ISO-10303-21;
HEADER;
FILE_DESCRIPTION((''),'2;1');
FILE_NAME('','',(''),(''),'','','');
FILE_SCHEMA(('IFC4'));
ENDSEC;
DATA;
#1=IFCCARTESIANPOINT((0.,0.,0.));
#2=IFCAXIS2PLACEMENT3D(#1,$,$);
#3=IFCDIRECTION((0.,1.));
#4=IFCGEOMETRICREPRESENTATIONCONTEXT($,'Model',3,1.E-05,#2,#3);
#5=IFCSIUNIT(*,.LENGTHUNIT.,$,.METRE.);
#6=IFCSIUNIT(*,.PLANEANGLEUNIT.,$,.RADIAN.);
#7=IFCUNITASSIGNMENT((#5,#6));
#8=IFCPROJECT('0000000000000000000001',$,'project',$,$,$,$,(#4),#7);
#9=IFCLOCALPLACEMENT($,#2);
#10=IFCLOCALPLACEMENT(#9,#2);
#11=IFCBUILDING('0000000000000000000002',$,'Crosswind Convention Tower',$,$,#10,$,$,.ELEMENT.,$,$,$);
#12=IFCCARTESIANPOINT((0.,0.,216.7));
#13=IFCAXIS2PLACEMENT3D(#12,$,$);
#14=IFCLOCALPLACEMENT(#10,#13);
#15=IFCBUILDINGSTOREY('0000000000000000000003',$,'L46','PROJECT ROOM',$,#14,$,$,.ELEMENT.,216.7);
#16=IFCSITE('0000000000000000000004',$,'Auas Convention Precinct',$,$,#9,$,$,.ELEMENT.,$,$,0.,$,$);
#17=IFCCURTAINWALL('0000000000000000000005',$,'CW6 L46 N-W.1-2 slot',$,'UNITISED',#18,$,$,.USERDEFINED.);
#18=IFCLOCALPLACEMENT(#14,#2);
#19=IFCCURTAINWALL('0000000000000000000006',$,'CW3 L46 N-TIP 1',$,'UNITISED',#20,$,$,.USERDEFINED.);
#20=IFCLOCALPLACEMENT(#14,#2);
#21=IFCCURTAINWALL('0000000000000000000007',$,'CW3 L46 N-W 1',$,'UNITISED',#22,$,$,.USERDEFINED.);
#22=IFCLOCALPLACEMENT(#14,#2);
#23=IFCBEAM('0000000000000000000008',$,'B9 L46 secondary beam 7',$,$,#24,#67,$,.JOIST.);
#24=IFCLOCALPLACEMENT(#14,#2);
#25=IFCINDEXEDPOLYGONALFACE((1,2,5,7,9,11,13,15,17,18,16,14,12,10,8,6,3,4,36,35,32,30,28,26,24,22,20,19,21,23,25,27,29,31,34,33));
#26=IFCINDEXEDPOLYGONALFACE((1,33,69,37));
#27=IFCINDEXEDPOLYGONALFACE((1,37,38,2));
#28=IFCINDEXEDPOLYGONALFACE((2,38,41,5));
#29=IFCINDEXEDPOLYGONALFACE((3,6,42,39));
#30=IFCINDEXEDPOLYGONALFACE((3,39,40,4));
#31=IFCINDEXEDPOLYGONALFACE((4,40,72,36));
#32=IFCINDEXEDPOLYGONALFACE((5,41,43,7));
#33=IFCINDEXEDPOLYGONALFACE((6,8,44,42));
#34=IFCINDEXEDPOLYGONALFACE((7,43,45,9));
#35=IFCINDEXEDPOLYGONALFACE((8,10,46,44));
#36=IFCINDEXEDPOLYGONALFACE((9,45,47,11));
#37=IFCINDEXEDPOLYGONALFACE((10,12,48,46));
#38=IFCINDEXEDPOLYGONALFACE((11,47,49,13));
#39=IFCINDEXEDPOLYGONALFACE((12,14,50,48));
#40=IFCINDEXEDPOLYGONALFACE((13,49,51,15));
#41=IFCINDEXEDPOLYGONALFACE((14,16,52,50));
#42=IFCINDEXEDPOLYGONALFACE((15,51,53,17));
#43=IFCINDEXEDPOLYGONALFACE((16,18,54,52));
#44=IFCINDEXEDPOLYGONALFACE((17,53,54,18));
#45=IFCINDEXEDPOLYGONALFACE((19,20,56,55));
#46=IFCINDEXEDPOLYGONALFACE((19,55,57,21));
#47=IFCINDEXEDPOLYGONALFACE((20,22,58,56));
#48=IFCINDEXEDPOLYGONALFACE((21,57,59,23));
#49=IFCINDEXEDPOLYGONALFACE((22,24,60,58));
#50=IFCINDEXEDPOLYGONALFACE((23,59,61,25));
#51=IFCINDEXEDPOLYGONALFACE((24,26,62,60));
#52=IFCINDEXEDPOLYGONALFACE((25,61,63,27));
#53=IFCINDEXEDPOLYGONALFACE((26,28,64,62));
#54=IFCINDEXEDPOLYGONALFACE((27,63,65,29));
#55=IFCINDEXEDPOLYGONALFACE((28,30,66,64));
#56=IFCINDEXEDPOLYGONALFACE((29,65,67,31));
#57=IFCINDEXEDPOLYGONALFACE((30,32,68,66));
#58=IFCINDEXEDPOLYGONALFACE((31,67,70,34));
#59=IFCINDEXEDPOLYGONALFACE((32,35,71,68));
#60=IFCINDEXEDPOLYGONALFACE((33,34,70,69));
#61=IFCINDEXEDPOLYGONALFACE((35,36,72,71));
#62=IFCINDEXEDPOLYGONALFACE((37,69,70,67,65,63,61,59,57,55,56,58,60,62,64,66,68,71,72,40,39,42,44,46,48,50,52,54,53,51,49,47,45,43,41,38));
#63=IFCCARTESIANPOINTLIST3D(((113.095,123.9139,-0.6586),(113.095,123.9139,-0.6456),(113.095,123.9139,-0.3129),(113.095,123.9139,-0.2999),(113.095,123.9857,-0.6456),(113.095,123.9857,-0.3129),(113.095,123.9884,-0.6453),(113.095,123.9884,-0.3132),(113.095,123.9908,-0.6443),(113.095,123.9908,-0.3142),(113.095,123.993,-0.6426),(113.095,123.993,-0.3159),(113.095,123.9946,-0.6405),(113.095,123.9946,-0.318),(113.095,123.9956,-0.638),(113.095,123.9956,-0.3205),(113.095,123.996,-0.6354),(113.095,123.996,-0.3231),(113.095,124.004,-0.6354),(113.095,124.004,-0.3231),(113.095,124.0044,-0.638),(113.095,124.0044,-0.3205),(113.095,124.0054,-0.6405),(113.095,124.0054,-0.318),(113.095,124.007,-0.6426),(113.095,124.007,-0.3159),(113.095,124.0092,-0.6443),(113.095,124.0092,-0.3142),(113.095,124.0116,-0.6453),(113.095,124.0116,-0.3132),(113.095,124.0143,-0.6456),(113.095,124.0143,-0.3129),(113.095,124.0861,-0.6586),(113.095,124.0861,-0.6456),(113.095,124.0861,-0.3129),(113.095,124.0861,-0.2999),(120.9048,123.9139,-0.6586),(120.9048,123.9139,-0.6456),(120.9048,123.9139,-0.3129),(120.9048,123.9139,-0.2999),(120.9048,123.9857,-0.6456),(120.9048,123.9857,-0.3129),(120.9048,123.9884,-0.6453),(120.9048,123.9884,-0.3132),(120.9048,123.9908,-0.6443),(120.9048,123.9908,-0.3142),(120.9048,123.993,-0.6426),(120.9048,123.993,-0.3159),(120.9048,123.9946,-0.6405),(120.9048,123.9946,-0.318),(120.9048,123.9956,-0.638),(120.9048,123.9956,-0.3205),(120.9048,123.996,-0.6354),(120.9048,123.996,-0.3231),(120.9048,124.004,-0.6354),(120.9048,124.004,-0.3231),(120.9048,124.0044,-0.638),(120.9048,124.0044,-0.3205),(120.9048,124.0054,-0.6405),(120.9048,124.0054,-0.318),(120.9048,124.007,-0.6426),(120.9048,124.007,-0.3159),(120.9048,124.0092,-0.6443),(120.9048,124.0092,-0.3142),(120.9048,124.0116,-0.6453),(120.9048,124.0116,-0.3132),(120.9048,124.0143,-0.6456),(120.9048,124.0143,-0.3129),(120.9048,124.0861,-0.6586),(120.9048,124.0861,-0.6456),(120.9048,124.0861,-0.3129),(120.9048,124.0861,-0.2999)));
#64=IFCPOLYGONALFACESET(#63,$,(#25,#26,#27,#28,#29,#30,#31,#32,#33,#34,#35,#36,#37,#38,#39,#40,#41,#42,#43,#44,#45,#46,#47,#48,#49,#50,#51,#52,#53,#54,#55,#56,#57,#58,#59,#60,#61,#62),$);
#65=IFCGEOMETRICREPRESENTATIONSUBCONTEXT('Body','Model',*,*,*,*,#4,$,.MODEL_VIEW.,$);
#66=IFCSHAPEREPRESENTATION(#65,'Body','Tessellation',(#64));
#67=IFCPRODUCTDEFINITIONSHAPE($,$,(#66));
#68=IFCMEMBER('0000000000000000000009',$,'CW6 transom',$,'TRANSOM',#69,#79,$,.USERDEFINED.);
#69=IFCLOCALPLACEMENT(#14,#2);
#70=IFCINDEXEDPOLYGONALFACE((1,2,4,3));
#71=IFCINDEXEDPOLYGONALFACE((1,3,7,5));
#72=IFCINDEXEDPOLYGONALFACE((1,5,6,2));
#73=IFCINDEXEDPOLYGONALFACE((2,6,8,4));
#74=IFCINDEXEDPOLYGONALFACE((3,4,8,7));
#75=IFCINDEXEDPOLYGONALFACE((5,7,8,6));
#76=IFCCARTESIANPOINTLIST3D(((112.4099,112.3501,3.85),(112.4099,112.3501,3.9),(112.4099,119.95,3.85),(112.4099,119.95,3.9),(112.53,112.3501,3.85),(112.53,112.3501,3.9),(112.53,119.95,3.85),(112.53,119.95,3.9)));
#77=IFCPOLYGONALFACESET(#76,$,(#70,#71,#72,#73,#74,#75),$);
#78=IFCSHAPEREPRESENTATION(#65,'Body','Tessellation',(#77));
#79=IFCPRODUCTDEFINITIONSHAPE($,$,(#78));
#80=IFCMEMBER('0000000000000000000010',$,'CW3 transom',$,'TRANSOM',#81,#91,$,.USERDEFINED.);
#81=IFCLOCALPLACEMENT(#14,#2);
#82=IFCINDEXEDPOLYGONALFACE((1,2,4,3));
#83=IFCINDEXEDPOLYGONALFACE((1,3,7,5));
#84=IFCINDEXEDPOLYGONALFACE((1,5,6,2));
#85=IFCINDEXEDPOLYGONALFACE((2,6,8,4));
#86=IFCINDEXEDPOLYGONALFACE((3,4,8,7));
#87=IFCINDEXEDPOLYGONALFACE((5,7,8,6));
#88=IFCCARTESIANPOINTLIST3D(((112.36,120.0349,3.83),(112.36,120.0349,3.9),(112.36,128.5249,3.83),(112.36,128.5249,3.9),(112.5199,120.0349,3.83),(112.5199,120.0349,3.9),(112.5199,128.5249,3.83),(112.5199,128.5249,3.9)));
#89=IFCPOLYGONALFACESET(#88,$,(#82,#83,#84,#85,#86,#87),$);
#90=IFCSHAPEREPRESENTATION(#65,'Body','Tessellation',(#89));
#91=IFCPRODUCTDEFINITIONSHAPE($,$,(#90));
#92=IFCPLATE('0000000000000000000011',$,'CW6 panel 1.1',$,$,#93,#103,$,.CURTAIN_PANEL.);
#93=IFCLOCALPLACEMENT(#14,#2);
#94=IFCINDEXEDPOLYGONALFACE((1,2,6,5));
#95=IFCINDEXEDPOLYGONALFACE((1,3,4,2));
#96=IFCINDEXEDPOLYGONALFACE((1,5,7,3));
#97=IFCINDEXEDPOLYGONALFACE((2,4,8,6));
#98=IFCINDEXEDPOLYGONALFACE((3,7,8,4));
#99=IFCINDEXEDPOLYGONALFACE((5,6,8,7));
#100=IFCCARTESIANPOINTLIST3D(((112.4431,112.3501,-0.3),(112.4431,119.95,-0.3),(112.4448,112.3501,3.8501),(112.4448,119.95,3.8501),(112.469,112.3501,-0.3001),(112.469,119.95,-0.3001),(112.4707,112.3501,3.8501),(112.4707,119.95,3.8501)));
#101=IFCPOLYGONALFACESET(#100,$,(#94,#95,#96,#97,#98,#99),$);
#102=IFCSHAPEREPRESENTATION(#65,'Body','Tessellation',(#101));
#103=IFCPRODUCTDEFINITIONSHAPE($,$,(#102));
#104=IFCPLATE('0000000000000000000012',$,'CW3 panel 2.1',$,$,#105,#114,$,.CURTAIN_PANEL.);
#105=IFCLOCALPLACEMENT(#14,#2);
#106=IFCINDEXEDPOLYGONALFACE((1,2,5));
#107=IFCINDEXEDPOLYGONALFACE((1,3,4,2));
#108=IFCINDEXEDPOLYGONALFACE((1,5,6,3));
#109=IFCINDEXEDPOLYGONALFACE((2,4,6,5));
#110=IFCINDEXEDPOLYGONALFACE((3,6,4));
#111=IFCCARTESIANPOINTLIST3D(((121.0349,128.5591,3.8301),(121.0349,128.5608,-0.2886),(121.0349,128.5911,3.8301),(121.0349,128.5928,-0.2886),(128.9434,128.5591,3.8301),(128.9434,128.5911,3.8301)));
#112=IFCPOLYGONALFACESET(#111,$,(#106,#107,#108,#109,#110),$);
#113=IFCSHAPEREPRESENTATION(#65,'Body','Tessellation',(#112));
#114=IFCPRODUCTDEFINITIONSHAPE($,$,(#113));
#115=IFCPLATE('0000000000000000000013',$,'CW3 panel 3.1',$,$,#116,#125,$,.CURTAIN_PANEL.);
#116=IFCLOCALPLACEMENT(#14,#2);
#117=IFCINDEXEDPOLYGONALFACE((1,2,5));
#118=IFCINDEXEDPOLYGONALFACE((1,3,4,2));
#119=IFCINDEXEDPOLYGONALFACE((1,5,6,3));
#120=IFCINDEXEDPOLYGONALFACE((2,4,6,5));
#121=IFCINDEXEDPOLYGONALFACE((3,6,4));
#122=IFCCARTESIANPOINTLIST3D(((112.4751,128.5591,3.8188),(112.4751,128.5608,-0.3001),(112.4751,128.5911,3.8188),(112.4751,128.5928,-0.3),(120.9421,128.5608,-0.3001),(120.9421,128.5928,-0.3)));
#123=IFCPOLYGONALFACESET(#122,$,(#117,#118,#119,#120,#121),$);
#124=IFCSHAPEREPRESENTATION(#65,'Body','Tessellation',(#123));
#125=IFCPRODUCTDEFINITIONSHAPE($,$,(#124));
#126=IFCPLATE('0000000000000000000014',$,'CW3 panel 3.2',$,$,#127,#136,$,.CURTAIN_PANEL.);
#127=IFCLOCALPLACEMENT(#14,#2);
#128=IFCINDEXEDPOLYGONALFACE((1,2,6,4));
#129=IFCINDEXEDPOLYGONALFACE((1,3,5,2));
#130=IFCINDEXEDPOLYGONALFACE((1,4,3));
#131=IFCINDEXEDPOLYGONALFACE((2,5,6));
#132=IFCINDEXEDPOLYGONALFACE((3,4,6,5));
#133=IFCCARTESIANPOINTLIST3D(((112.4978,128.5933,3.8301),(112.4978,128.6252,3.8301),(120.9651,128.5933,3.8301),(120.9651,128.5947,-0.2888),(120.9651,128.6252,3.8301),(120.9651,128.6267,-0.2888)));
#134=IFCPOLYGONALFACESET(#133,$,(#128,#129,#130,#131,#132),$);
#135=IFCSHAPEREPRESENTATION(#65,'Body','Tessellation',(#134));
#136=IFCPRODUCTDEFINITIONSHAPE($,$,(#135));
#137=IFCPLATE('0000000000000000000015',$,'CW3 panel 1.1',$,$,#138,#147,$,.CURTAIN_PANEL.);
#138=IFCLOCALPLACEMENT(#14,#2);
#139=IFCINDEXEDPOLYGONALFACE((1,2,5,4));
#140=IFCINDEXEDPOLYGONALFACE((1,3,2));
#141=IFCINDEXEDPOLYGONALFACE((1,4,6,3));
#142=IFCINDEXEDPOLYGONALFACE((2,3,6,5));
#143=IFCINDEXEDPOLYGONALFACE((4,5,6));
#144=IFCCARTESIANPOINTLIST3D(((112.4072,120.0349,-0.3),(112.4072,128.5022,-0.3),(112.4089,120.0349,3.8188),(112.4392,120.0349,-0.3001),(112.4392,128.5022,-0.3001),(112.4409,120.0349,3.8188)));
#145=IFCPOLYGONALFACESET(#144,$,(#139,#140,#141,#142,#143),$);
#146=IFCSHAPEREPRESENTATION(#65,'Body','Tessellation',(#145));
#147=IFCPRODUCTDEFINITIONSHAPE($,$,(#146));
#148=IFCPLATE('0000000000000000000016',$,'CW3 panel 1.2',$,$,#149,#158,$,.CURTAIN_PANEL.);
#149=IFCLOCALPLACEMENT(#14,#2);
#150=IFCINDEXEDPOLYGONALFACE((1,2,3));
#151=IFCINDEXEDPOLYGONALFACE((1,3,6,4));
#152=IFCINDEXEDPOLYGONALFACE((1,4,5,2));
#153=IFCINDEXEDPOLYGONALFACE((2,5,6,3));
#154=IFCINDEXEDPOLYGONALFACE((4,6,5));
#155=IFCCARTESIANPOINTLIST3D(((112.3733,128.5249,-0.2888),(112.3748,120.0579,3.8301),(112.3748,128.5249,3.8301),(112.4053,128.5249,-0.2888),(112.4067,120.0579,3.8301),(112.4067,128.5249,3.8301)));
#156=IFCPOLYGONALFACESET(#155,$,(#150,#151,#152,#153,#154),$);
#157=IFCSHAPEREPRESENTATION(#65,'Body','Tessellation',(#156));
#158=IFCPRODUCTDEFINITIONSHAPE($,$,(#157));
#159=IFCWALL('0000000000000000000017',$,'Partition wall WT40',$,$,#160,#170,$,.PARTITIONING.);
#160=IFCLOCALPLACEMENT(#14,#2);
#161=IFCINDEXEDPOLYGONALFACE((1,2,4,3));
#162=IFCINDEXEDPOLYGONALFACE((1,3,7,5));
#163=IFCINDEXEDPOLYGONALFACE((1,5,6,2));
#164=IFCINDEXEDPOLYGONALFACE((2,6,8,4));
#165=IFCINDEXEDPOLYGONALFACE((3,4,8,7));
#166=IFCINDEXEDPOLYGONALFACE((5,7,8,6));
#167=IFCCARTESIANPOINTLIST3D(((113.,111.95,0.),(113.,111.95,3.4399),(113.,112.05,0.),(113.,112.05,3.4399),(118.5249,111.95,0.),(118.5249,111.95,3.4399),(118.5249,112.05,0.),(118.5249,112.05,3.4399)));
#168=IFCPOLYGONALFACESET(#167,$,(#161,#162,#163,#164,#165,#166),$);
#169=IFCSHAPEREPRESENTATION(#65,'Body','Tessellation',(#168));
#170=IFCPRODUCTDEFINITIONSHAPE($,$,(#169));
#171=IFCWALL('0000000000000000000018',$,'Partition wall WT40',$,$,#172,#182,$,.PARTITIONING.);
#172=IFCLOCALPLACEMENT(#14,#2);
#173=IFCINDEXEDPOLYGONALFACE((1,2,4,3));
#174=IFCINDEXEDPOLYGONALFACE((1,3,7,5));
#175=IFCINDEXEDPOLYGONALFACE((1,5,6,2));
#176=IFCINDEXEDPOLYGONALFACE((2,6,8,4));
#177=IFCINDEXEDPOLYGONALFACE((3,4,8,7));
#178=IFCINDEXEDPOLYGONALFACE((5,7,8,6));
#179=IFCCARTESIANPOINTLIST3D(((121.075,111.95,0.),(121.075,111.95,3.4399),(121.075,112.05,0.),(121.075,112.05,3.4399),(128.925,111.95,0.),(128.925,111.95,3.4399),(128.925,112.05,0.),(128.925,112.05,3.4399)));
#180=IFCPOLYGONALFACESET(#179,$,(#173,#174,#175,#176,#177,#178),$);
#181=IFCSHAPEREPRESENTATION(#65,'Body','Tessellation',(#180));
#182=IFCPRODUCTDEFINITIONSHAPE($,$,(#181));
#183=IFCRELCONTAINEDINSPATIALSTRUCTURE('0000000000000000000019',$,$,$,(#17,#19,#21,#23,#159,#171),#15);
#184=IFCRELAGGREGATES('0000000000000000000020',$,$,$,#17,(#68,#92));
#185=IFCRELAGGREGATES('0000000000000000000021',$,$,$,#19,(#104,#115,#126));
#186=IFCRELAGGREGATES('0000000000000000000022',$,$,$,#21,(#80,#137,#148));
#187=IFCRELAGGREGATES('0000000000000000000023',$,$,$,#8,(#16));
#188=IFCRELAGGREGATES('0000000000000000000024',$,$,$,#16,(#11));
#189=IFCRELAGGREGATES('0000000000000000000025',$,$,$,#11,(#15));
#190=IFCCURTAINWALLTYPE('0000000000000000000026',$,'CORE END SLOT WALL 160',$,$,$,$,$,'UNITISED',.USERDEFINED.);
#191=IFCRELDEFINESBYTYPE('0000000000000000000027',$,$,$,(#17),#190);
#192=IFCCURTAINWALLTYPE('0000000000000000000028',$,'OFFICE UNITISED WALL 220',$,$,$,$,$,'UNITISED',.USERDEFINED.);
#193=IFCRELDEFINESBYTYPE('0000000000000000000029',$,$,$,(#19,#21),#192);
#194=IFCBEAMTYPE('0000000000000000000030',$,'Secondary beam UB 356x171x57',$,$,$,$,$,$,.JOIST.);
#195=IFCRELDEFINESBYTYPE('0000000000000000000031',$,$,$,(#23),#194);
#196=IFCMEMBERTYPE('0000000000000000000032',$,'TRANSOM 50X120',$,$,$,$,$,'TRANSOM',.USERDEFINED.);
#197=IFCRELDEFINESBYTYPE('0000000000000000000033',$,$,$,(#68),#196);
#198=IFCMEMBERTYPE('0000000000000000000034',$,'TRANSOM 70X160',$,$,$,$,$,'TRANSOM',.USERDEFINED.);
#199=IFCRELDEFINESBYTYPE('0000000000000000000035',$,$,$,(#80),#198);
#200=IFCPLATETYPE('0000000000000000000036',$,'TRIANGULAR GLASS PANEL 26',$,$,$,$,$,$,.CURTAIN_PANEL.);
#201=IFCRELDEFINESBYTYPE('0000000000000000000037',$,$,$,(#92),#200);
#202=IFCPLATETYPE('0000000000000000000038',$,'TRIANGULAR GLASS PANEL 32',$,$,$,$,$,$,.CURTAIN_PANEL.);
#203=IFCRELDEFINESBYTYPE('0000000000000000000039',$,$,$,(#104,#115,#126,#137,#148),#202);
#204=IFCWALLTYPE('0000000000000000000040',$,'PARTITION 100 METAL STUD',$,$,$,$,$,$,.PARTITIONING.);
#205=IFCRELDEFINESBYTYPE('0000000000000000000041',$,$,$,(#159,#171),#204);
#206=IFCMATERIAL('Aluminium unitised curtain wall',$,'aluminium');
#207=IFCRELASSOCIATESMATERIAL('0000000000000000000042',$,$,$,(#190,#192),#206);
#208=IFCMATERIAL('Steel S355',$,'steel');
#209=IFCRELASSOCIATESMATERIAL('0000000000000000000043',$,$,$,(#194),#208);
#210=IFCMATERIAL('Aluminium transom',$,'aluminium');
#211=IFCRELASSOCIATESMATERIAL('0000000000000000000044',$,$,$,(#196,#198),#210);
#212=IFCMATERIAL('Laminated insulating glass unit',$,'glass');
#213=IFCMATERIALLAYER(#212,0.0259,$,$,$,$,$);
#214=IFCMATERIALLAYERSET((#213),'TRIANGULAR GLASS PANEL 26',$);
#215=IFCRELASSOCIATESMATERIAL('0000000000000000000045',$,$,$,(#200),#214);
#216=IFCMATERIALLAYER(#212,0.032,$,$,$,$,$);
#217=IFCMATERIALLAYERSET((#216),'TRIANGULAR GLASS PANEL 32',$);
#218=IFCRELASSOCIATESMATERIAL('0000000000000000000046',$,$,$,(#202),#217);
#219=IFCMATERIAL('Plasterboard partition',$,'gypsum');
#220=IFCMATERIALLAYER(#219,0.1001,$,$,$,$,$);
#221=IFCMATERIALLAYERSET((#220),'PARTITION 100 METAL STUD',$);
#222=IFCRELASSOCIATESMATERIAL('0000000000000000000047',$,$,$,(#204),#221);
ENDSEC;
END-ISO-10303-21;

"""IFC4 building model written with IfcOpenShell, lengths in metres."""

from ifc_helpers import new_model, si_unit, direction, frame, frame_2d, origin, origin_2d, place, context, subcontext, project, spatial, polyline, rectangle, i_section, outline, extrude, material, layer, layer_set, material_profile, profile_set, type_object, element, aggregate, save


model = new_model("IFC4")

# Units and contexts
model_context = context("Model", 3, precision=1e-05, world=origin(), true_north=direction((0.0, 1.0)))
body_context = subcontext(model_context, "Body", "Model", "MODEL_VIEW")
ifc_project = project(units=[si_unit("LENGTHUNIT", "METRE"), si_unit("PLANEANGLEUNIT", "RADIAN")], contexts=[model_context])

# Site, building, storey
site_placement = place(None, origin())
site = spatial("IfcSite", under=ifc_project, at=site_placement, Name="Auas Convention Precinct", CompositionType="ELEMENT", RefElevation=0.0)
building_placement = place(site_placement, origin())
building = spatial("IfcBuilding", under=site, at=building_placement, Name="Crosswind Convention Tower", CompositionType="ELEMENT")
storey_placement = place(building_placement, frame((0.0, 0.0, 216.7)))
storey = spatial("IfcBuildingStorey", under=building, at=storey_placement, Name="L46", Description="PROJECT ROOM", CompositionType="ELEMENT", Elevation=216.7)

# Shared definitions
ifc_material_1 = material(Name="Steel S355", Category="steel")

# Curtain walls
ifc_material_2 = material(Name="Aluminium unitised curtain wall", Category="aluminium")
curtain_wall_type_1 = type_object("IfcCurtainWallType", Name="CORE END SLOT WALL 160", ElementType="UNITISED", PredefinedType="USERDEFINED", material=ifc_material_2)
curtain_wall_1_placement = place(storey_placement, origin())
curtain_wall_1 = element("IfcCurtainWall", 1, at=curtain_wall_1_placement, inside=storey, type_object=curtain_wall_type_1, Name="CW6 L46 N-W.1-2 slot", ObjectType="UNITISED", PredefinedType="USERDEFINED")
curtain_wall_type_2 = type_object("IfcCurtainWallType", Name="OFFICE UNITISED WALL 220", ElementType="UNITISED", PredefinedType="USERDEFINED", material=ifc_material_2)
curtain_wall_2_placement = place(storey_placement, origin())
curtain_wall_2 = element("IfcCurtainWall", 2, at=curtain_wall_2_placement, inside=storey, type_object=curtain_wall_type_2, Name="CW3 L46 N-TIP 1", ObjectType="UNITISED", PredefinedType="USERDEFINED")

# Curtain wall
curtain_wall_3_placement = place(storey_placement, origin())
curtain_wall_3 = element("IfcCurtainWall", 3, at=curtain_wall_3_placement, inside=storey, type_object=curtain_wall_type_2, Name="CW3 L46 N-W 1", ObjectType="UNITISED", PredefinedType="USERDEFINED")

# Beam
ifc_material_profile_1 = material_profile(ifc_material_1, i_section(OverallWidth=0.1721, OverallDepth=0.3586, WebThickness=0.0081, FlangeThickness=0.0129, FilletRadius=0.0103, at=origin_2d()), Name="UB 356x171x57")
ifc_profile_set_1 = profile_set([ifc_material_profile_1], Name="Steel S355")
beam_type_1 = type_object("IfcBeamType", Name="Secondary beam UB 356x171x57", PredefinedType="JOIST", material=ifc_profile_set_1)
for number, where, z_axis, x_axis, name in (
    (4, (113.095, 124.0, -0.4792), (1.0, 0.0, 0.0), (0.0, 1.0, 0.0), "B9 L46 secondary beam 7"),
):
    element("IfcBeam", number, at=place(storey_placement, frame(where, z_axis=z_axis, x_axis=x_axis)), inside=storey, type_object=beam_type_1, Name=name, PredefinedType="JOIST", context=body_context, shape_type="SweptSolid", body=[
        extrude(i_section(OverallWidth=0.1721, OverallDepth=0.3586, WebThickness=0.0081, FlangeThickness=0.0129, FilletRadius=0.0103, at=origin_2d()), origin(), (0.0, 0.0, 1.0), 7.8098),
    ])

# Members
ifc_material_3 = material(Name="Aluminium transom", Category="aluminium")
ifc_material_profile_2 = material_profile(ifc_material_3, rectangle(XDim=0.1201, YDim=0.05, at=origin_2d()), Name="AL 120X50")
ifc_profile_set_2 = profile_set([ifc_material_profile_2], Name="Aluminium transom")
member_type_1 = type_object("IfcMemberType", Name="TRANSOM 50X120", ElementType="TRANSOM", PredefinedType="USERDEFINED", material=ifc_profile_set_2)
member_1_placement = place(storey_placement, frame((112.47, 119.95, 3.875), z_axis=(0.0, -1.0, 0.0), x_axis=(1.0, 0.0, 0.0)))
member_1 = element("IfcMember", 5, at=member_1_placement, type_object=member_type_1, Name="CW6 transom", ObjectType="TRANSOM", PredefinedType="USERDEFINED", context=body_context, shape_type="SweptSolid", body=[
    extrude(rectangle(XDim=0.1201, YDim=0.05, at=origin_2d()), origin(), (0.0, 0.0, 1.0), 7.5999),
])
ifc_material_profile_3 = material_profile(ifc_material_3, rectangle(XDim=0.1599, YDim=0.0701, at=origin_2d()), Name="AL 160X70")
ifc_profile_set_3 = profile_set([ifc_material_profile_3], Name="Aluminium transom")
member_type_2 = type_object("IfcMemberType", Name="TRANSOM 70X160", ElementType="TRANSOM", PredefinedType="USERDEFINED", material=ifc_profile_set_3)
member_2_placement = place(storey_placement, frame((112.4399, 128.5249, 3.865), z_axis=(0.0, -1.0, 0.0), x_axis=(1.0, 0.0, 0.0)))
member_2 = element("IfcMember", 6, at=member_2_placement, type_object=member_type_2, Name="CW3 transom", ObjectType="TRANSOM", PredefinedType="USERDEFINED", context=body_context, shape_type="SweptSolid", body=[
    extrude(rectangle(XDim=0.1599, YDim=0.0701, at=origin_2d()), origin(), (0.0, 0.0, 1.0), 8.49),
])

# Plates
ifc_material_4 = material(Name="Laminated insulating glass unit", Category="glass")
ifc_layer_1 = layer(ifc_material_4, 0.0259)
ifc_layer_set_1 = layer_set([ifc_layer_1], Name="TRIANGULAR GLASS PANEL 26")
plate_type_1 = type_object("IfcPlateType", Name="TRIANGULAR GLASS PANEL 26", PredefinedType="CURTAIN_PANEL", material=ifc_layer_set_1)
plate_1_placement = place(storey_placement, frame((112.4431, 119.95, -0.3), z_axis=(-1.0, 0.0, 0.000412), x_axis=(0.0, -1.0, 0.0)))
plate_1 = element("IfcPlate", 7, at=plate_1_placement, type_object=plate_type_1, Name="CW6 panel 1.1", PredefinedType="CURTAIN_PANEL", context=body_context, shape_type="SweptSolid", body=[
    extrude(outline(polyline([(0.0, 0.0), (7.5999, 0.0), (7.5999, 4.1501), (0.0, 4.1501), (0.0, 0.0)])), origin(), (0.0, 0.0, -1.0), 0.0259),
])
aggregate(curtain_wall_1, [member_1, plate_1])
ifc_layer_2 = layer(ifc_material_4, 0.032)
ifc_layer_set_2 = layer_set([ifc_layer_2], Name="TRIANGULAR GLASS PANEL 32")
plate_type_2 = type_object("IfcPlateType", Name="TRIANGULAR GLASS PANEL 32", PredefinedType="CURTAIN_PANEL", material=ifc_layer_set_2)
plate_2_placement = place(storey_placement, frame((121.0349, 128.5911, 3.8301), z_axis=(0.0, 1.0, 0.000415), x_axis=(1.0, 0.0, 0.0)))
plate_2 = element("IfcPlate", 8, at=plate_2_placement, type_object=plate_type_2, Name="CW3 panel 2.1", PredefinedType="CURTAIN_PANEL", context=body_context, shape_type="SweptSolid", body=[
    extrude(outline(polyline([(0.0, 0.0), (7.9084, 0.0), (0.0, 4.1187), (0.0, 0.0)])), origin(), (0.0, 0.0, -1.0), 0.032),
])
plate_3_placement = place(storey_placement, frame((112.4751, 128.5928, -0.3), z_axis=(0.0, 1.0, 0.000415), x_axis=(0.0, -0.000415, 1.0)))
plate_3 = element("IfcPlate", 9, at=plate_3_placement, type_object=plate_type_2, Name="CW3 panel 3.1", PredefinedType="CURTAIN_PANEL", context=body_context, shape_type="SweptSolid", body=[
    extrude(outline(polyline([(0.0, 0.0), (4.1189, 0.0), (0.0, 8.467), (0.0, 0.0)])), origin(), (0.0, 0.0, -1.0), 0.032),
])
plate_4_placement = place(storey_placement, frame((120.9651, 128.6252, 3.8301), z_axis=(0.0, 1.0, 0.000356), x_axis=(0.0, 0.000356, -1.0)))
plate_4 = element("IfcPlate", 10, at=plate_4_placement, type_object=plate_type_2, Name="CW3 panel 3.2", PredefinedType="CURTAIN_PANEL", context=body_context, shape_type="SweptSolid", body=[
    extrude(outline(polyline([(0.0, 0.0), (4.1189, 0.0), (0.0, 8.4673), (0.0, 0.0)])), origin(), (0.0, 0.0, -1.0), 0.032),
])
aggregate(curtain_wall_2, [plate_2, plate_3, plate_4])
plate_5_placement = place(storey_placement, frame((112.4072, 120.0349, -0.3), z_axis=(-1.0, 0.0, 0.000415), x_axis=(0.000415, 0.0, 1.0)))
plate_5 = element("IfcPlate", 11, at=plate_5_placement, type_object=plate_type_2, Name="CW3 panel 1.1", PredefinedType="CURTAIN_PANEL", context=body_context, shape_type="SweptSolid", body=[
    extrude(outline(polyline([(0.0, 0.0), (4.1189, 0.0), (0.0, 8.4673), (0.0, 0.0)])), origin(), (0.0, 0.0, -1.0), 0.032),
])
plate_6_placement = place(storey_placement, frame((112.3748, 128.5249, 3.8301), z_axis=(-1.0, 0.0, 0.000356), x_axis=(-0.000356, 0.0, -1.0)))
plate_6 = element("IfcPlate", 12, at=plate_6_placement, type_object=plate_type_2, Name="CW3 panel 1.2", PredefinedType="CURTAIN_PANEL", context=body_context, shape_type="SweptSolid", body=[
    extrude(outline(polyline([(0.0, 0.0), (4.1189, 0.0), (0.0, 8.467), (0.0, 0.0)])), origin(), (0.0, 0.0, -1.0), 0.032),
])

# Walls
ifc_material_5 = material(Name="Plasterboard partition", Category="gypsum")
ifc_layer_3 = layer(ifc_material_5, 0.1001)
ifc_layer_set_3 = layer_set([ifc_layer_3], Name="PARTITION 100 METAL STUD")
wall_type_1 = type_object("IfcWallType", Name="PARTITION 100 METAL STUD", PredefinedType="PARTITIONING", material=ifc_layer_set_3)
wall_1_placement = place(storey_placement, frame((113.0, 112.0, 0.0), z_axis=(0.0, 0.0, 1.0), x_axis=(1.0, 0.0, 0.0)))
element("IfcWall", 13, at=wall_1_placement, inside=storey, type_object=wall_type_1, Name="Partition wall WT40", PredefinedType="PARTITIONING", context=body_context, shape_type="SweptSolid", body=[
    extrude(rectangle(XDim=5.5249, YDim=0.1001, at=frame_2d((2.7625, 0.0))), origin(), (0.0, 0.0, 1.0), 3.4399),
])
wall_2_placement = place(storey_placement, frame((121.075, 112.0, 0.0), z_axis=(0.0, 0.0, 1.0), x_axis=(1.0, 0.0, 0.0)))
element("IfcWall", 14, at=wall_2_placement, inside=storey, type_object=wall_type_1, Name="Partition wall WT40", PredefinedType="PARTITIONING", context=body_context, shape_type="SweptSolid", body=[
    extrude(rectangle(XDim=7.8501, YDim=0.1001, at=frame_2d((3.925, 0.0))), origin(), (0.0, 0.0, 1.0), 3.4399),
])

aggregate(curtain_wall_3, [member_2, plate_5, plate_6])

save(model, "model.ifc")
